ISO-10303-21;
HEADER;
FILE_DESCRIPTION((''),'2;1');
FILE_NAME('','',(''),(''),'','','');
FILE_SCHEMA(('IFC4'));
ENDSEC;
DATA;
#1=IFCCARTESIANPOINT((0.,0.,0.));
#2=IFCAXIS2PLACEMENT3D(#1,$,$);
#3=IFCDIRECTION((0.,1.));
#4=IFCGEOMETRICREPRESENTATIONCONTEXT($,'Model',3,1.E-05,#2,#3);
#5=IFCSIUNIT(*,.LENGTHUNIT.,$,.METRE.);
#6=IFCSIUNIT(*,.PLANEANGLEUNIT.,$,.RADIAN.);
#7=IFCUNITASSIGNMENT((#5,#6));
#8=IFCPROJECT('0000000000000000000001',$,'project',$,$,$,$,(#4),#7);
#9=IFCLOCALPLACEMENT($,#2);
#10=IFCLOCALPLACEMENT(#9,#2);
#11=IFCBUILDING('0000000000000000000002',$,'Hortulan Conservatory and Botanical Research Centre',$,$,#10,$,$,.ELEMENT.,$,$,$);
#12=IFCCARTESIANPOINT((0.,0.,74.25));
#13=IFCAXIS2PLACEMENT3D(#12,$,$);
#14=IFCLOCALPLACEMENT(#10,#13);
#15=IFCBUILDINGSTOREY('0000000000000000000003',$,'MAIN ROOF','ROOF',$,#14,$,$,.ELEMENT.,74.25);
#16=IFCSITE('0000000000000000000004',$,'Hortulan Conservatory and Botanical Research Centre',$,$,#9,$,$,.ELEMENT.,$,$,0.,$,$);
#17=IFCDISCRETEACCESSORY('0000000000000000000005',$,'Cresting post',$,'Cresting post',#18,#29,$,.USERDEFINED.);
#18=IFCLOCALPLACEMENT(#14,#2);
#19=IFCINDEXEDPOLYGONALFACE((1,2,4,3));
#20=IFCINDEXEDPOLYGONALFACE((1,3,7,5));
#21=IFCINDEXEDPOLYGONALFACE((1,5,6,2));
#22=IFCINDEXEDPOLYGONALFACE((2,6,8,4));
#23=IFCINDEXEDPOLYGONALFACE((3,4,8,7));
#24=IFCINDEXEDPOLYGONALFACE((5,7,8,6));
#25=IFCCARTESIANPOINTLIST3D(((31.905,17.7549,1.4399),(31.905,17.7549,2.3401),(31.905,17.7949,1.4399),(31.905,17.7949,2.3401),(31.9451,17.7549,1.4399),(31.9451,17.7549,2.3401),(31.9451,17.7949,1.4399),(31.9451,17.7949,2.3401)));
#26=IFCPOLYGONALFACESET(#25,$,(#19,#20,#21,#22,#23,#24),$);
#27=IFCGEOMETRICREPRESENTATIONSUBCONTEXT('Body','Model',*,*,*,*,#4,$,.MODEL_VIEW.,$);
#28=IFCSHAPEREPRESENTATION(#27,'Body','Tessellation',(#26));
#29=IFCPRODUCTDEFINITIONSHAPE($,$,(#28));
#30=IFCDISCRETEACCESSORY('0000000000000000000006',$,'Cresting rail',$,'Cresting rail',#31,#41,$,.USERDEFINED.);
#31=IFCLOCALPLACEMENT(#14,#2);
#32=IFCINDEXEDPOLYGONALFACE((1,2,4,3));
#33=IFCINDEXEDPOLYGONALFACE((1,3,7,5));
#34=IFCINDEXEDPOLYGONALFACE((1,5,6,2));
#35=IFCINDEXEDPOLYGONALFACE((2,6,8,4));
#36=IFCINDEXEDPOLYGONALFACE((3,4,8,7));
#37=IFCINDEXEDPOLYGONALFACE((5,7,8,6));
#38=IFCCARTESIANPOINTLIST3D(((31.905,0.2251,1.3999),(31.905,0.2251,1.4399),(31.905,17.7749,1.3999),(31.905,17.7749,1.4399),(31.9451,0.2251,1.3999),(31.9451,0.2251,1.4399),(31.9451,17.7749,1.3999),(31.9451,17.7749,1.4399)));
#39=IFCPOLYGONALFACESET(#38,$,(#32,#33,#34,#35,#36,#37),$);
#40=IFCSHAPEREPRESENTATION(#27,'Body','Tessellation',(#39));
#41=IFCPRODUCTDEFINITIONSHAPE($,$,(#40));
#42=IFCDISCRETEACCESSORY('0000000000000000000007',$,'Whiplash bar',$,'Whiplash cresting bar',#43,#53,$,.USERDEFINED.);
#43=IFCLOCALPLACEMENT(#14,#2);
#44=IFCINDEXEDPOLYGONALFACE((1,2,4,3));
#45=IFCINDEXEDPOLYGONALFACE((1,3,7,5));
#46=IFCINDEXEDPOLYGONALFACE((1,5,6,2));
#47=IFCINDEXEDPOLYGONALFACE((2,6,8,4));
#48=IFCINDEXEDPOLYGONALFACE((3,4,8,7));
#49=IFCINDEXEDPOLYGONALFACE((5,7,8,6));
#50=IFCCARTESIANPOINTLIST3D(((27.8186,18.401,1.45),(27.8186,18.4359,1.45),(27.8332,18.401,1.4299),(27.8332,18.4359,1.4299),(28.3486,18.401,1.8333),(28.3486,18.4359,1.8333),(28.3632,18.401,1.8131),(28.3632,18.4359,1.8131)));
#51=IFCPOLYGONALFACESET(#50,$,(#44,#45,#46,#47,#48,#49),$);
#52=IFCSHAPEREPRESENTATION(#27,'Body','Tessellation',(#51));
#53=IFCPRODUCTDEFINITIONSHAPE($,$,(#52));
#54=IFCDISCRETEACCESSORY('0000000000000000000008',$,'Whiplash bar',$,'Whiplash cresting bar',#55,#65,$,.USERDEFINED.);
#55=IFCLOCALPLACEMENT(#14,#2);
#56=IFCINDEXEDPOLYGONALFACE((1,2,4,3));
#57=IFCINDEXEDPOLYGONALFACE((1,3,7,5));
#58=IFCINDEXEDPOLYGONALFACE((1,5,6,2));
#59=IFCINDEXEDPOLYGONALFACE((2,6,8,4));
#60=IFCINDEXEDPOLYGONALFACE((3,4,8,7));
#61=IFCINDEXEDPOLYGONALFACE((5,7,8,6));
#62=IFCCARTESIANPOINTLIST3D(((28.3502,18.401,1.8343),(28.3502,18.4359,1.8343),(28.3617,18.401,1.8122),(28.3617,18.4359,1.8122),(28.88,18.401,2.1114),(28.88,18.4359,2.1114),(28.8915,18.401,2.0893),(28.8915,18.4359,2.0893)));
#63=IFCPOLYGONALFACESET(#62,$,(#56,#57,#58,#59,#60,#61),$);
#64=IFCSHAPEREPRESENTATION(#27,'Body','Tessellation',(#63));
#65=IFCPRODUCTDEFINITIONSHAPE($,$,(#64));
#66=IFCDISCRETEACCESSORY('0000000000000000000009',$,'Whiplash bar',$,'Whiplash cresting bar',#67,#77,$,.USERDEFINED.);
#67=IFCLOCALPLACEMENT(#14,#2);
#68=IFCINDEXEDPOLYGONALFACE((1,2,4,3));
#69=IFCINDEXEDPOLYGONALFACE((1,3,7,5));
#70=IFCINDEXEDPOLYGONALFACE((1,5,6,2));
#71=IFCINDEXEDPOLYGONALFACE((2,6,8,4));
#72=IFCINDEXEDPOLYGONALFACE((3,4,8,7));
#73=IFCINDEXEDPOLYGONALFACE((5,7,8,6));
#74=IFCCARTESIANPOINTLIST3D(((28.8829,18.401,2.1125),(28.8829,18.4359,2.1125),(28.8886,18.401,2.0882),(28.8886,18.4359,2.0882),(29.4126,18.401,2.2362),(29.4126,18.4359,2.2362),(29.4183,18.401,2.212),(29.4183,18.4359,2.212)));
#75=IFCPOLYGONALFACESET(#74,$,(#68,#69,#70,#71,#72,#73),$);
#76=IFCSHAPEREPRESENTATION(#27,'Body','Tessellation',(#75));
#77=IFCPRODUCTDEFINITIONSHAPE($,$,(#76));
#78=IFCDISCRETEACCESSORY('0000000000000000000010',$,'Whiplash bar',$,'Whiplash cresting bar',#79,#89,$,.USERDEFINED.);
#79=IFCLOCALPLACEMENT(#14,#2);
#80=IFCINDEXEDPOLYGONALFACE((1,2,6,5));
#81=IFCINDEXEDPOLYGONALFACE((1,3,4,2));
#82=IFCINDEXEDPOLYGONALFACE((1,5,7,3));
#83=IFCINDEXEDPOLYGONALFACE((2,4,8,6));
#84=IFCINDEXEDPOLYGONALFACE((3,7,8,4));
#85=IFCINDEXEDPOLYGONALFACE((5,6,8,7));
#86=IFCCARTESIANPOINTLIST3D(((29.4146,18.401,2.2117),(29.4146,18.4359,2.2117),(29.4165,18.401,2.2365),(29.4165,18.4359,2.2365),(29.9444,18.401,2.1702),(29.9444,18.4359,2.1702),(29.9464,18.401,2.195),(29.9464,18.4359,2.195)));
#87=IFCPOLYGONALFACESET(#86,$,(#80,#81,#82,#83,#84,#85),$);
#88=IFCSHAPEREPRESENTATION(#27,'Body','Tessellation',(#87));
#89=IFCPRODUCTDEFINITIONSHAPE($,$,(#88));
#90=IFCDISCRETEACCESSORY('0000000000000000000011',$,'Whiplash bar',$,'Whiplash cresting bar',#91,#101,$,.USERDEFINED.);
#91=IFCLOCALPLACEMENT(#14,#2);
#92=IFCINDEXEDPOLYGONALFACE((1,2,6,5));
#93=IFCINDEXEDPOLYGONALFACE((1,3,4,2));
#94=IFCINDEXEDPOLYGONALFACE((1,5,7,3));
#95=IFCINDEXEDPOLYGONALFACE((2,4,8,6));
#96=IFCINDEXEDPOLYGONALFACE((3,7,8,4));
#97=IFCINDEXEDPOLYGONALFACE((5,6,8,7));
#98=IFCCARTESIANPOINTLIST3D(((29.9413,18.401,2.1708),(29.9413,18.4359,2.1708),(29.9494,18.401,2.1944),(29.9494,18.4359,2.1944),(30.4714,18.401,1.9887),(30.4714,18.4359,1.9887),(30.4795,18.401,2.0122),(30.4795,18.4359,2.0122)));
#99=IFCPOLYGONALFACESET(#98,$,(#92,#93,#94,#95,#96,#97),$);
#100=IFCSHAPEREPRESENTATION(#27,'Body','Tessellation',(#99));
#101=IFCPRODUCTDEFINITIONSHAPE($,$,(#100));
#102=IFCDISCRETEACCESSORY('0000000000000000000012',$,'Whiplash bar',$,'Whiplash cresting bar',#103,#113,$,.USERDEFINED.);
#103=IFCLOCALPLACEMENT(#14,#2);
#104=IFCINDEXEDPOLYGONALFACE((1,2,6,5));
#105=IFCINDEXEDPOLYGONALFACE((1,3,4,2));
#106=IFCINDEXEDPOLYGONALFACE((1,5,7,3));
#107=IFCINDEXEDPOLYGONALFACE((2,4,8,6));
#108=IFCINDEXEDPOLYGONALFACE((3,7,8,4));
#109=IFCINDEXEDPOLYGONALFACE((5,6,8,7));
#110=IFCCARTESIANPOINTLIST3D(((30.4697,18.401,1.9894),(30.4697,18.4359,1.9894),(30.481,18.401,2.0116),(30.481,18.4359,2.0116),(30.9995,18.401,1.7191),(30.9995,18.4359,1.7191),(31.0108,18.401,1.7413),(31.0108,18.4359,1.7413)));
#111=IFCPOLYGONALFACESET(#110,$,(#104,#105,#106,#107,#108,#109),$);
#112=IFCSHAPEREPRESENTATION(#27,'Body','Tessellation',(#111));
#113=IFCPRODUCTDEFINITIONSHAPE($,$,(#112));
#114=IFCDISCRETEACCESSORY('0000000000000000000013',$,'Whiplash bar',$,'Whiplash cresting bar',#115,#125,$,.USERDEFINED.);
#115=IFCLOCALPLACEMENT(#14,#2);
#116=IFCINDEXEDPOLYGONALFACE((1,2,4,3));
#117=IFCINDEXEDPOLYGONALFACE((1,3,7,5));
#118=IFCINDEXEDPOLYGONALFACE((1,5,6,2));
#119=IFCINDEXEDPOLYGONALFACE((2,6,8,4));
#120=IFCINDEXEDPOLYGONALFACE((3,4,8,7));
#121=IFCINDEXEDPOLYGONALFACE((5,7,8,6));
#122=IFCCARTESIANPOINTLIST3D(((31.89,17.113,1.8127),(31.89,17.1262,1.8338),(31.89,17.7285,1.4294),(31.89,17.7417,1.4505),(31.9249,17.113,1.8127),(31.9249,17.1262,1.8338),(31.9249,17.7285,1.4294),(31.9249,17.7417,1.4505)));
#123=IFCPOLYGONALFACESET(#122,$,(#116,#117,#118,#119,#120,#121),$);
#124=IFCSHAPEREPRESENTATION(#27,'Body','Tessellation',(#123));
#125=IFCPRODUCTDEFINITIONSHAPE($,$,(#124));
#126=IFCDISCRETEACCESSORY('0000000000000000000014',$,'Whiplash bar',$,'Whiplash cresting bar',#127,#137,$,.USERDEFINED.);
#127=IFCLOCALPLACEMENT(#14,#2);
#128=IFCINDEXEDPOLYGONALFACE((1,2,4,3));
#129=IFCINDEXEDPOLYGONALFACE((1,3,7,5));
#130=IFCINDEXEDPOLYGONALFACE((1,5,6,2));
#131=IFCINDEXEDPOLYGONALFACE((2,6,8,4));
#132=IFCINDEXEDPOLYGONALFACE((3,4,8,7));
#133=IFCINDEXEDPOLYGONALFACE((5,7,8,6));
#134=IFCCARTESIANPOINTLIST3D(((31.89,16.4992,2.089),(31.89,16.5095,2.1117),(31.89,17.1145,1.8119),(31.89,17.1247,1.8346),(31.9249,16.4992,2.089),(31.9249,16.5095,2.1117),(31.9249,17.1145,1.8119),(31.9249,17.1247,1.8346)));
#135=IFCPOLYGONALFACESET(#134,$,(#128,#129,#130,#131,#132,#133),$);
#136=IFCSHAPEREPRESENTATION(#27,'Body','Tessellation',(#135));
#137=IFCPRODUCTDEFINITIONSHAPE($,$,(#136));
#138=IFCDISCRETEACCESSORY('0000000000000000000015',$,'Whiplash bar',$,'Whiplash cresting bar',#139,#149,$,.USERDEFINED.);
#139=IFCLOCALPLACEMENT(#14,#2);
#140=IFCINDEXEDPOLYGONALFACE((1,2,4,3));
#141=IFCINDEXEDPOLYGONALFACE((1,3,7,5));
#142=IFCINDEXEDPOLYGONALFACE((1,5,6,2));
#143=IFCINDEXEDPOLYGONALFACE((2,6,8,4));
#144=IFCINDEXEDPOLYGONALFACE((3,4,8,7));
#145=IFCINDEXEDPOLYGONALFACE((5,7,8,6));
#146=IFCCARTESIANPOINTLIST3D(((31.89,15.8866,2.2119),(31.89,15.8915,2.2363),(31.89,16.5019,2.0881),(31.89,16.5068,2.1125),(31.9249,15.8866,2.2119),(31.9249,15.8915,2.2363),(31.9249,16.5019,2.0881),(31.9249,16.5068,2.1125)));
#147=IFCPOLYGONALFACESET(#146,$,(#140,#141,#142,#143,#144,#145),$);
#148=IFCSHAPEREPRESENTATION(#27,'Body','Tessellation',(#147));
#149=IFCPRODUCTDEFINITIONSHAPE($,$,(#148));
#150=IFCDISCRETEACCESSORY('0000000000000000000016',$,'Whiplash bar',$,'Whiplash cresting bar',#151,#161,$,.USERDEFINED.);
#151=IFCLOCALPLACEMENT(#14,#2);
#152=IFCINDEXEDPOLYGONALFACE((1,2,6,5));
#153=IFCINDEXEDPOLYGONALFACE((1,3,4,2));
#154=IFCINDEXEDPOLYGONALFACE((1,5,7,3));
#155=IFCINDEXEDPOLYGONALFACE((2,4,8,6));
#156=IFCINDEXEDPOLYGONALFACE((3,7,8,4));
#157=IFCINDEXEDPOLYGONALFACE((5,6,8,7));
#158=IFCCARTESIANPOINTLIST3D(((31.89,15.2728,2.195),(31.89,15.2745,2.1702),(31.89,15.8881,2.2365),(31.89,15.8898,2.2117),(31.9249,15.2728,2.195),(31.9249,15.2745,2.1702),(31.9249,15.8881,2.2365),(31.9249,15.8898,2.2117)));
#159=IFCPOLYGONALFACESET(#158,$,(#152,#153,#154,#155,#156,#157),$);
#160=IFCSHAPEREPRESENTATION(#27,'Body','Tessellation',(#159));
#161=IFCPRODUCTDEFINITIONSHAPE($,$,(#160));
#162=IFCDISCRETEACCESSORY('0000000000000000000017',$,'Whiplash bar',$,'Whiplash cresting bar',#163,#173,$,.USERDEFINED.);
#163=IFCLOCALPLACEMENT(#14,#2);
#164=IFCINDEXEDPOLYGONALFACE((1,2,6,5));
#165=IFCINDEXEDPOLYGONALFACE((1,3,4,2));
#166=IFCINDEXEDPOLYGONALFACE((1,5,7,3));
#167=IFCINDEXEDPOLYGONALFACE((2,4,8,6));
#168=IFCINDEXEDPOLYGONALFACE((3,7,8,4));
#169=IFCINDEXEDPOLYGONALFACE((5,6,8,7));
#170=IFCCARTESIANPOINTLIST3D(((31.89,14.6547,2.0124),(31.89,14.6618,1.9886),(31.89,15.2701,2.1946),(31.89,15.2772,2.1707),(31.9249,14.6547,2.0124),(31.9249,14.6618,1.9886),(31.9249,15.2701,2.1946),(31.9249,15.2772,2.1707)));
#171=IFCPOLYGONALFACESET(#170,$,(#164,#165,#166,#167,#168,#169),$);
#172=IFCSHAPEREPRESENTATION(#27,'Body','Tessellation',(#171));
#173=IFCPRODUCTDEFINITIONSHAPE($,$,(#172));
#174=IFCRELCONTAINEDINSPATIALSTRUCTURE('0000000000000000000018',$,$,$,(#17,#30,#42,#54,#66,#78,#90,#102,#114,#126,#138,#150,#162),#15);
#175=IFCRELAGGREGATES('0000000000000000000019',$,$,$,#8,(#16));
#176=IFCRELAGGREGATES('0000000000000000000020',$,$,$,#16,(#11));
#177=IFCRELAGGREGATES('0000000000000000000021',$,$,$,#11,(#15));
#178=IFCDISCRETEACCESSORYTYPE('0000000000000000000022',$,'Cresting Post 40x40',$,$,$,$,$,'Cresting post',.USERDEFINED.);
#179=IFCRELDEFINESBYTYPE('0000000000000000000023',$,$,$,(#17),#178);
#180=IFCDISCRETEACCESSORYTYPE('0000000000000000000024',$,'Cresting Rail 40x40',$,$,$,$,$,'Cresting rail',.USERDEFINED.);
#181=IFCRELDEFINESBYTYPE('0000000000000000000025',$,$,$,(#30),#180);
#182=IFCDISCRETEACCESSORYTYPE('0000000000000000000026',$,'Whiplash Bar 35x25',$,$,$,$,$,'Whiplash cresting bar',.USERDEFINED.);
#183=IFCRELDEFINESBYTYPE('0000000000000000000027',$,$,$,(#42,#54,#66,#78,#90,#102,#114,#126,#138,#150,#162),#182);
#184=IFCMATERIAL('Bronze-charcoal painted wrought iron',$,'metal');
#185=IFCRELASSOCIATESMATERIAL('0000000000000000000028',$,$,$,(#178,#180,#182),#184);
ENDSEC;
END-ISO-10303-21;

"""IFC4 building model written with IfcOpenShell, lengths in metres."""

from ifc_helpers import new_model, si_unit, direction, frame, origin, origin_2d, place, context, subcontext, project, spatial, rectangle, extrude, material, material_profile, profile_set, type_object, element, save


model = new_model("IFC4")

# Units and contexts
model_context = context("Model", 3, precision=1e-05, world=origin(), true_north=direction((0.0, 1.0)))
body_context = subcontext(model_context, "Body", "Model", "MODEL_VIEW")
ifc_project = project(units=[si_unit("LENGTHUNIT", "METRE"), si_unit("PLANEANGLEUNIT", "RADIAN")], contexts=[model_context])

# Site, building, storey
site_placement = place(None, origin())
site = spatial("IfcSite", under=ifc_project, at=site_placement, Name="Hortulan Conservatory and Botanical Research Centre", CompositionType="ELEMENT", RefElevation=0.0)
building_placement = place(site_placement, origin())
building = spatial("IfcBuilding", under=site, at=building_placement, Name="Hortulan Conservatory and Botanical Research Centre", CompositionType="ELEMENT")
storey_placement = place(building_placement, frame((0.0, 0.0, 74.25)))
storey = spatial("IfcBuildingStorey", under=building, at=storey_placement, Name="MAIN ROOF", Description="ROOF", CompositionType="ELEMENT", Elevation=74.25)

# Discrete accessories
ifc_material = material(Name="Bronze-charcoal painted wrought iron", Category="metal")
ifc_material_profile_1 = material_profile(ifc_material, rectangle(XDim=0.04, YDim=0.04, at=origin_2d()), Name="Square bar 40x40")
ifc_profile_set_1 = profile_set([ifc_material_profile_1], Name="Bronze-charcoal painted wrought iron")
discrete_accessory_type_1 = type_object("IfcDiscreteAccessoryType", Name="Cresting Post 40x40", ElementType="Cresting post", PredefinedType="USERDEFINED", material=ifc_profile_set_1)
discrete_accessory_1_placement = place(storey_placement, frame((31.925, 17.7749, 1.4399), z_axis=(0.0, 0.0, 1.0), x_axis=(1.0, 0.0, 0.0)))
element("IfcDiscreteAccessory", 1, at=discrete_accessory_1_placement, inside=storey, type_object=discrete_accessory_type_1, Name="Cresting post", ObjectType="Cresting post", PredefinedType="USERDEFINED", context=body_context, shape_type="SweptSolid", body=[
    extrude(rectangle(XDim=0.04, YDim=0.04, at=origin_2d()), origin(), (0.0, 0.0, 1.0), 0.9001),
])
ifc_material_profile_2 = material_profile(ifc_material, rectangle(XDim=0.04, YDim=0.04, at=origin_2d()), Name="Square bar 40x40")
ifc_profile_set_2 = profile_set([ifc_material_profile_2], Name="Bronze-charcoal painted wrought iron")
discrete_accessory_type_2 = type_object("IfcDiscreteAccessoryType", Name="Cresting Rail 40x40", ElementType="Cresting rail", PredefinedType="USERDEFINED", material=ifc_profile_set_2)
discrete_accessory_2_placement = place(storey_placement, frame((31.925, 17.7749, 1.4199), z_axis=(0.0, -1.0, 0.0), x_axis=(1.0, 0.0, 0.0)))
element("IfcDiscreteAccessory", 2, at=discrete_accessory_2_placement, inside=storey, type_object=discrete_accessory_type_2, Name="Cresting rail", ObjectType="Cresting rail", PredefinedType="USERDEFINED", context=body_context, shape_type="SweptSolid", body=[
    extrude(rectangle(XDim=0.04, YDim=0.04, at=origin_2d()), origin(), (0.0, 0.0, 1.0), 17.5498),
])
ifc_material_profile_3 = material_profile(ifc_material, rectangle(XDim=0.0349, YDim=0.0249, at=origin_2d()), Name="Flat bar 35x25")
ifc_profile_set_3 = profile_set([ifc_material_profile_3], Name="Bronze-charcoal painted wrought iron")
discrete_accessory_type_3 = type_object("IfcDiscreteAccessoryType", Name="Whiplash Bar 35x25", ElementType="Whiplash cresting bar", PredefinedType="USERDEFINED", material=ifc_profile_set_3)
discrete_accessory_3_placement = place(storey_placement, frame((27.8259, 18.4185, 1.4399), z_axis=(0.810315, 0.0, 0.585995), x_axis=(0.0, 1.0, 0.0)))
element("IfcDiscreteAccessory", 3, at=discrete_accessory_3_placement, inside=storey, type_object=discrete_accessory_type_3, Name="Whiplash bar", ObjectType="Whiplash cresting bar", PredefinedType="USERDEFINED", context=body_context, shape_type="SweptSolid", body=[
    extrude(rectangle(XDim=0.0349, YDim=0.0249, at=origin_2d()), origin(), (0.0, 0.0, 1.0), 0.6541),
])
discrete_accessory_4_placement = place(storey_placement, frame((28.356, 18.4185, 1.8232), z_axis=(0.886111, 0.0, 0.463473), x_axis=(0.0, 1.0, 0.0)))
element("IfcDiscreteAccessory", 4, at=discrete_accessory_4_placement, inside=storey, type_object=discrete_accessory_type_3, Name="Whiplash bar", ObjectType="Whiplash cresting bar", PredefinedType="USERDEFINED", context=body_context, shape_type="SweptSolid", body=[
    extrude(rectangle(XDim=0.0349, YDim=0.0249, at=origin_2d()), origin(), (0.0, 0.0, 1.0), 0.5979),
])
discrete_accessory_5_placement = place(storey_placement, frame((28.8857, 18.4185, 2.1003), z_axis=(0.973775, 0.0, 0.227513), x_axis=(0.0, 1.0, 0.0)))
element("IfcDiscreteAccessory", 5, at=discrete_accessory_5_placement, inside=storey, type_object=discrete_accessory_type_3, Name="Whiplash bar", ObjectType="Whiplash cresting bar", PredefinedType="USERDEFINED", context=body_context, shape_type="SweptSolid", body=[
    extrude(rectangle(XDim=0.0349, YDim=0.0249, at=origin_2d()), origin(), (0.0, 0.0, 1.0), 0.5439),
])
discrete_accessory_6_placement = place(storey_placement, frame((29.4155, 18.4185, 2.2241), z_axis=(0.996945, 0.0, -0.078102), x_axis=(0.0, 1.0, 0.0)))
element("IfcDiscreteAccessory", 6, at=discrete_accessory_6_placement, inside=storey, type_object=discrete_accessory_type_3, Name="Whiplash bar", ObjectType="Whiplash cresting bar", PredefinedType="USERDEFINED", context=body_context, shape_type="SweptSolid", body=[
    extrude(rectangle(XDim=0.0349, YDim=0.0249, at=origin_2d()), origin(), (0.0, 0.0, 1.0), 0.5315),
])
discrete_accessory_7_placement = place(storey_placement, frame((29.9453, 18.4185, 2.1826), z_axis=(0.945724, 0.0, -0.32497), x_axis=(0.0, 1.0, 0.0)))
element("IfcDiscreteAccessory", 7, at=discrete_accessory_7_placement, inside=storey, type_object=discrete_accessory_type_3, Name="Whiplash bar", ObjectType="Whiplash cresting bar", PredefinedType="USERDEFINED", context=body_context, shape_type="SweptSolid", body=[
    extrude(rectangle(XDim=0.0349, YDim=0.0249, at=origin_2d()), origin(), (0.0, 0.0, 1.0), 0.5605),
])
discrete_accessory_8_placement = place(storey_placement, frame((30.4753, 18.4185, 2.0005), z_axis=(0.890786, 0.0, -0.454424), x_axis=(0.0, 1.0, 0.0)))
element("IfcDiscreteAccessory", 8, at=discrete_accessory_8_placement, inside=storey, type_object=discrete_accessory_type_3, Name="Whiplash bar", ObjectType="Whiplash cresting bar", PredefinedType="USERDEFINED", context=body_context, shape_type="SweptSolid", body=[
    extrude(rectangle(XDim=0.0349, YDim=0.0249, at=origin_2d()), origin(), (0.0, 0.0, 1.0), 0.5947),
])
discrete_accessory_9_placement = place(storey_placement, frame((31.9075, 17.7351, 1.4399), z_axis=(0.0, -0.848848, 0.528636), x_axis=(1.0, 0.0, 0.0)))
element("IfcDiscreteAccessory", 9, at=discrete_accessory_9_placement, inside=storey, type_object=discrete_accessory_type_3, Name="Whiplash bar", ObjectType="Whiplash cresting bar", PredefinedType="USERDEFINED", context=body_context, shape_type="SweptSolid", body=[
    extrude(rectangle(XDim=0.0349, YDim=0.0249, at=origin_2d()), origin(), (0.0, 0.0, 1.0), 0.7251),
])
discrete_accessory_10_placement = place(storey_placement, frame((31.9075, 17.1196, 1.8232), z_axis=(0.0, -0.911786, 0.410666), x_axis=(1.0, 0.0, 0.0)))
element("IfcDiscreteAccessory", 10, at=discrete_accessory_10_placement, inside=storey, type_object=discrete_accessory_type_3, Name="Whiplash bar", ObjectType="Whiplash cresting bar", PredefinedType="USERDEFINED", context=body_context, shape_type="SweptSolid", body=[
    extrude(rectangle(XDim=0.0349, YDim=0.0249, at=origin_2d()), origin(), (0.0, 0.0, 1.0), 0.6748),
])
discrete_accessory_11_placement = place(storey_placement, frame((31.9075, 16.5044, 2.1003), z_axis=(0.0, -0.980371, 0.197163), x_axis=(1.0, 0.0, 0.0)))
element("IfcDiscreteAccessory", 11, at=discrete_accessory_11_placement, inside=storey, type_object=discrete_accessory_type_3, Name="Whiplash bar", ObjectType="Whiplash cresting bar", PredefinedType="USERDEFINED", context=body_context, shape_type="SweptSolid", body=[
    extrude(rectangle(XDim=0.0349, YDim=0.0249, at=origin_2d()), origin(), (0.0, 0.0, 1.0), 0.6277),
])
discrete_accessory_12_placement = place(storey_placement, frame((31.9075, 15.8889, 2.2241), z_axis=(0.0, -0.997732, -0.067307), x_axis=(1.0, 0.0, 0.0)))
element("IfcDiscreteAccessory", 12, at=discrete_accessory_12_placement, inside=storey, type_object=discrete_accessory_type_3, Name="Whiplash bar", ObjectType="Whiplash cresting bar", PredefinedType="USERDEFINED", context=body_context, shape_type="SweptSolid", body=[
    extrude(rectangle(XDim=0.0349, YDim=0.0249, at=origin_2d()), origin(), (0.0, 0.0, 1.0), 0.6167),
])
discrete_accessory_13_placement = place(storey_placement, frame((31.9075, 15.2737, 2.1826), z_axis=(0.0, -0.958898, -0.283752), x_axis=(1.0, 0.0, 0.0)))
element("IfcDiscreteAccessory", 13, at=discrete_accessory_13_placement, inside=storey, type_object=discrete_accessory_type_3, Name="Whiplash bar", ObjectType="Whiplash cresting bar", PredefinedType="USERDEFINED", context=body_context, shape_type="SweptSolid", body=[
    extrude(rectangle(XDim=0.0349, YDim=0.0249, at=origin_2d()), origin(), (0.0, 0.0, 1.0), 0.6418),
])

save(model, "model.ifc")
